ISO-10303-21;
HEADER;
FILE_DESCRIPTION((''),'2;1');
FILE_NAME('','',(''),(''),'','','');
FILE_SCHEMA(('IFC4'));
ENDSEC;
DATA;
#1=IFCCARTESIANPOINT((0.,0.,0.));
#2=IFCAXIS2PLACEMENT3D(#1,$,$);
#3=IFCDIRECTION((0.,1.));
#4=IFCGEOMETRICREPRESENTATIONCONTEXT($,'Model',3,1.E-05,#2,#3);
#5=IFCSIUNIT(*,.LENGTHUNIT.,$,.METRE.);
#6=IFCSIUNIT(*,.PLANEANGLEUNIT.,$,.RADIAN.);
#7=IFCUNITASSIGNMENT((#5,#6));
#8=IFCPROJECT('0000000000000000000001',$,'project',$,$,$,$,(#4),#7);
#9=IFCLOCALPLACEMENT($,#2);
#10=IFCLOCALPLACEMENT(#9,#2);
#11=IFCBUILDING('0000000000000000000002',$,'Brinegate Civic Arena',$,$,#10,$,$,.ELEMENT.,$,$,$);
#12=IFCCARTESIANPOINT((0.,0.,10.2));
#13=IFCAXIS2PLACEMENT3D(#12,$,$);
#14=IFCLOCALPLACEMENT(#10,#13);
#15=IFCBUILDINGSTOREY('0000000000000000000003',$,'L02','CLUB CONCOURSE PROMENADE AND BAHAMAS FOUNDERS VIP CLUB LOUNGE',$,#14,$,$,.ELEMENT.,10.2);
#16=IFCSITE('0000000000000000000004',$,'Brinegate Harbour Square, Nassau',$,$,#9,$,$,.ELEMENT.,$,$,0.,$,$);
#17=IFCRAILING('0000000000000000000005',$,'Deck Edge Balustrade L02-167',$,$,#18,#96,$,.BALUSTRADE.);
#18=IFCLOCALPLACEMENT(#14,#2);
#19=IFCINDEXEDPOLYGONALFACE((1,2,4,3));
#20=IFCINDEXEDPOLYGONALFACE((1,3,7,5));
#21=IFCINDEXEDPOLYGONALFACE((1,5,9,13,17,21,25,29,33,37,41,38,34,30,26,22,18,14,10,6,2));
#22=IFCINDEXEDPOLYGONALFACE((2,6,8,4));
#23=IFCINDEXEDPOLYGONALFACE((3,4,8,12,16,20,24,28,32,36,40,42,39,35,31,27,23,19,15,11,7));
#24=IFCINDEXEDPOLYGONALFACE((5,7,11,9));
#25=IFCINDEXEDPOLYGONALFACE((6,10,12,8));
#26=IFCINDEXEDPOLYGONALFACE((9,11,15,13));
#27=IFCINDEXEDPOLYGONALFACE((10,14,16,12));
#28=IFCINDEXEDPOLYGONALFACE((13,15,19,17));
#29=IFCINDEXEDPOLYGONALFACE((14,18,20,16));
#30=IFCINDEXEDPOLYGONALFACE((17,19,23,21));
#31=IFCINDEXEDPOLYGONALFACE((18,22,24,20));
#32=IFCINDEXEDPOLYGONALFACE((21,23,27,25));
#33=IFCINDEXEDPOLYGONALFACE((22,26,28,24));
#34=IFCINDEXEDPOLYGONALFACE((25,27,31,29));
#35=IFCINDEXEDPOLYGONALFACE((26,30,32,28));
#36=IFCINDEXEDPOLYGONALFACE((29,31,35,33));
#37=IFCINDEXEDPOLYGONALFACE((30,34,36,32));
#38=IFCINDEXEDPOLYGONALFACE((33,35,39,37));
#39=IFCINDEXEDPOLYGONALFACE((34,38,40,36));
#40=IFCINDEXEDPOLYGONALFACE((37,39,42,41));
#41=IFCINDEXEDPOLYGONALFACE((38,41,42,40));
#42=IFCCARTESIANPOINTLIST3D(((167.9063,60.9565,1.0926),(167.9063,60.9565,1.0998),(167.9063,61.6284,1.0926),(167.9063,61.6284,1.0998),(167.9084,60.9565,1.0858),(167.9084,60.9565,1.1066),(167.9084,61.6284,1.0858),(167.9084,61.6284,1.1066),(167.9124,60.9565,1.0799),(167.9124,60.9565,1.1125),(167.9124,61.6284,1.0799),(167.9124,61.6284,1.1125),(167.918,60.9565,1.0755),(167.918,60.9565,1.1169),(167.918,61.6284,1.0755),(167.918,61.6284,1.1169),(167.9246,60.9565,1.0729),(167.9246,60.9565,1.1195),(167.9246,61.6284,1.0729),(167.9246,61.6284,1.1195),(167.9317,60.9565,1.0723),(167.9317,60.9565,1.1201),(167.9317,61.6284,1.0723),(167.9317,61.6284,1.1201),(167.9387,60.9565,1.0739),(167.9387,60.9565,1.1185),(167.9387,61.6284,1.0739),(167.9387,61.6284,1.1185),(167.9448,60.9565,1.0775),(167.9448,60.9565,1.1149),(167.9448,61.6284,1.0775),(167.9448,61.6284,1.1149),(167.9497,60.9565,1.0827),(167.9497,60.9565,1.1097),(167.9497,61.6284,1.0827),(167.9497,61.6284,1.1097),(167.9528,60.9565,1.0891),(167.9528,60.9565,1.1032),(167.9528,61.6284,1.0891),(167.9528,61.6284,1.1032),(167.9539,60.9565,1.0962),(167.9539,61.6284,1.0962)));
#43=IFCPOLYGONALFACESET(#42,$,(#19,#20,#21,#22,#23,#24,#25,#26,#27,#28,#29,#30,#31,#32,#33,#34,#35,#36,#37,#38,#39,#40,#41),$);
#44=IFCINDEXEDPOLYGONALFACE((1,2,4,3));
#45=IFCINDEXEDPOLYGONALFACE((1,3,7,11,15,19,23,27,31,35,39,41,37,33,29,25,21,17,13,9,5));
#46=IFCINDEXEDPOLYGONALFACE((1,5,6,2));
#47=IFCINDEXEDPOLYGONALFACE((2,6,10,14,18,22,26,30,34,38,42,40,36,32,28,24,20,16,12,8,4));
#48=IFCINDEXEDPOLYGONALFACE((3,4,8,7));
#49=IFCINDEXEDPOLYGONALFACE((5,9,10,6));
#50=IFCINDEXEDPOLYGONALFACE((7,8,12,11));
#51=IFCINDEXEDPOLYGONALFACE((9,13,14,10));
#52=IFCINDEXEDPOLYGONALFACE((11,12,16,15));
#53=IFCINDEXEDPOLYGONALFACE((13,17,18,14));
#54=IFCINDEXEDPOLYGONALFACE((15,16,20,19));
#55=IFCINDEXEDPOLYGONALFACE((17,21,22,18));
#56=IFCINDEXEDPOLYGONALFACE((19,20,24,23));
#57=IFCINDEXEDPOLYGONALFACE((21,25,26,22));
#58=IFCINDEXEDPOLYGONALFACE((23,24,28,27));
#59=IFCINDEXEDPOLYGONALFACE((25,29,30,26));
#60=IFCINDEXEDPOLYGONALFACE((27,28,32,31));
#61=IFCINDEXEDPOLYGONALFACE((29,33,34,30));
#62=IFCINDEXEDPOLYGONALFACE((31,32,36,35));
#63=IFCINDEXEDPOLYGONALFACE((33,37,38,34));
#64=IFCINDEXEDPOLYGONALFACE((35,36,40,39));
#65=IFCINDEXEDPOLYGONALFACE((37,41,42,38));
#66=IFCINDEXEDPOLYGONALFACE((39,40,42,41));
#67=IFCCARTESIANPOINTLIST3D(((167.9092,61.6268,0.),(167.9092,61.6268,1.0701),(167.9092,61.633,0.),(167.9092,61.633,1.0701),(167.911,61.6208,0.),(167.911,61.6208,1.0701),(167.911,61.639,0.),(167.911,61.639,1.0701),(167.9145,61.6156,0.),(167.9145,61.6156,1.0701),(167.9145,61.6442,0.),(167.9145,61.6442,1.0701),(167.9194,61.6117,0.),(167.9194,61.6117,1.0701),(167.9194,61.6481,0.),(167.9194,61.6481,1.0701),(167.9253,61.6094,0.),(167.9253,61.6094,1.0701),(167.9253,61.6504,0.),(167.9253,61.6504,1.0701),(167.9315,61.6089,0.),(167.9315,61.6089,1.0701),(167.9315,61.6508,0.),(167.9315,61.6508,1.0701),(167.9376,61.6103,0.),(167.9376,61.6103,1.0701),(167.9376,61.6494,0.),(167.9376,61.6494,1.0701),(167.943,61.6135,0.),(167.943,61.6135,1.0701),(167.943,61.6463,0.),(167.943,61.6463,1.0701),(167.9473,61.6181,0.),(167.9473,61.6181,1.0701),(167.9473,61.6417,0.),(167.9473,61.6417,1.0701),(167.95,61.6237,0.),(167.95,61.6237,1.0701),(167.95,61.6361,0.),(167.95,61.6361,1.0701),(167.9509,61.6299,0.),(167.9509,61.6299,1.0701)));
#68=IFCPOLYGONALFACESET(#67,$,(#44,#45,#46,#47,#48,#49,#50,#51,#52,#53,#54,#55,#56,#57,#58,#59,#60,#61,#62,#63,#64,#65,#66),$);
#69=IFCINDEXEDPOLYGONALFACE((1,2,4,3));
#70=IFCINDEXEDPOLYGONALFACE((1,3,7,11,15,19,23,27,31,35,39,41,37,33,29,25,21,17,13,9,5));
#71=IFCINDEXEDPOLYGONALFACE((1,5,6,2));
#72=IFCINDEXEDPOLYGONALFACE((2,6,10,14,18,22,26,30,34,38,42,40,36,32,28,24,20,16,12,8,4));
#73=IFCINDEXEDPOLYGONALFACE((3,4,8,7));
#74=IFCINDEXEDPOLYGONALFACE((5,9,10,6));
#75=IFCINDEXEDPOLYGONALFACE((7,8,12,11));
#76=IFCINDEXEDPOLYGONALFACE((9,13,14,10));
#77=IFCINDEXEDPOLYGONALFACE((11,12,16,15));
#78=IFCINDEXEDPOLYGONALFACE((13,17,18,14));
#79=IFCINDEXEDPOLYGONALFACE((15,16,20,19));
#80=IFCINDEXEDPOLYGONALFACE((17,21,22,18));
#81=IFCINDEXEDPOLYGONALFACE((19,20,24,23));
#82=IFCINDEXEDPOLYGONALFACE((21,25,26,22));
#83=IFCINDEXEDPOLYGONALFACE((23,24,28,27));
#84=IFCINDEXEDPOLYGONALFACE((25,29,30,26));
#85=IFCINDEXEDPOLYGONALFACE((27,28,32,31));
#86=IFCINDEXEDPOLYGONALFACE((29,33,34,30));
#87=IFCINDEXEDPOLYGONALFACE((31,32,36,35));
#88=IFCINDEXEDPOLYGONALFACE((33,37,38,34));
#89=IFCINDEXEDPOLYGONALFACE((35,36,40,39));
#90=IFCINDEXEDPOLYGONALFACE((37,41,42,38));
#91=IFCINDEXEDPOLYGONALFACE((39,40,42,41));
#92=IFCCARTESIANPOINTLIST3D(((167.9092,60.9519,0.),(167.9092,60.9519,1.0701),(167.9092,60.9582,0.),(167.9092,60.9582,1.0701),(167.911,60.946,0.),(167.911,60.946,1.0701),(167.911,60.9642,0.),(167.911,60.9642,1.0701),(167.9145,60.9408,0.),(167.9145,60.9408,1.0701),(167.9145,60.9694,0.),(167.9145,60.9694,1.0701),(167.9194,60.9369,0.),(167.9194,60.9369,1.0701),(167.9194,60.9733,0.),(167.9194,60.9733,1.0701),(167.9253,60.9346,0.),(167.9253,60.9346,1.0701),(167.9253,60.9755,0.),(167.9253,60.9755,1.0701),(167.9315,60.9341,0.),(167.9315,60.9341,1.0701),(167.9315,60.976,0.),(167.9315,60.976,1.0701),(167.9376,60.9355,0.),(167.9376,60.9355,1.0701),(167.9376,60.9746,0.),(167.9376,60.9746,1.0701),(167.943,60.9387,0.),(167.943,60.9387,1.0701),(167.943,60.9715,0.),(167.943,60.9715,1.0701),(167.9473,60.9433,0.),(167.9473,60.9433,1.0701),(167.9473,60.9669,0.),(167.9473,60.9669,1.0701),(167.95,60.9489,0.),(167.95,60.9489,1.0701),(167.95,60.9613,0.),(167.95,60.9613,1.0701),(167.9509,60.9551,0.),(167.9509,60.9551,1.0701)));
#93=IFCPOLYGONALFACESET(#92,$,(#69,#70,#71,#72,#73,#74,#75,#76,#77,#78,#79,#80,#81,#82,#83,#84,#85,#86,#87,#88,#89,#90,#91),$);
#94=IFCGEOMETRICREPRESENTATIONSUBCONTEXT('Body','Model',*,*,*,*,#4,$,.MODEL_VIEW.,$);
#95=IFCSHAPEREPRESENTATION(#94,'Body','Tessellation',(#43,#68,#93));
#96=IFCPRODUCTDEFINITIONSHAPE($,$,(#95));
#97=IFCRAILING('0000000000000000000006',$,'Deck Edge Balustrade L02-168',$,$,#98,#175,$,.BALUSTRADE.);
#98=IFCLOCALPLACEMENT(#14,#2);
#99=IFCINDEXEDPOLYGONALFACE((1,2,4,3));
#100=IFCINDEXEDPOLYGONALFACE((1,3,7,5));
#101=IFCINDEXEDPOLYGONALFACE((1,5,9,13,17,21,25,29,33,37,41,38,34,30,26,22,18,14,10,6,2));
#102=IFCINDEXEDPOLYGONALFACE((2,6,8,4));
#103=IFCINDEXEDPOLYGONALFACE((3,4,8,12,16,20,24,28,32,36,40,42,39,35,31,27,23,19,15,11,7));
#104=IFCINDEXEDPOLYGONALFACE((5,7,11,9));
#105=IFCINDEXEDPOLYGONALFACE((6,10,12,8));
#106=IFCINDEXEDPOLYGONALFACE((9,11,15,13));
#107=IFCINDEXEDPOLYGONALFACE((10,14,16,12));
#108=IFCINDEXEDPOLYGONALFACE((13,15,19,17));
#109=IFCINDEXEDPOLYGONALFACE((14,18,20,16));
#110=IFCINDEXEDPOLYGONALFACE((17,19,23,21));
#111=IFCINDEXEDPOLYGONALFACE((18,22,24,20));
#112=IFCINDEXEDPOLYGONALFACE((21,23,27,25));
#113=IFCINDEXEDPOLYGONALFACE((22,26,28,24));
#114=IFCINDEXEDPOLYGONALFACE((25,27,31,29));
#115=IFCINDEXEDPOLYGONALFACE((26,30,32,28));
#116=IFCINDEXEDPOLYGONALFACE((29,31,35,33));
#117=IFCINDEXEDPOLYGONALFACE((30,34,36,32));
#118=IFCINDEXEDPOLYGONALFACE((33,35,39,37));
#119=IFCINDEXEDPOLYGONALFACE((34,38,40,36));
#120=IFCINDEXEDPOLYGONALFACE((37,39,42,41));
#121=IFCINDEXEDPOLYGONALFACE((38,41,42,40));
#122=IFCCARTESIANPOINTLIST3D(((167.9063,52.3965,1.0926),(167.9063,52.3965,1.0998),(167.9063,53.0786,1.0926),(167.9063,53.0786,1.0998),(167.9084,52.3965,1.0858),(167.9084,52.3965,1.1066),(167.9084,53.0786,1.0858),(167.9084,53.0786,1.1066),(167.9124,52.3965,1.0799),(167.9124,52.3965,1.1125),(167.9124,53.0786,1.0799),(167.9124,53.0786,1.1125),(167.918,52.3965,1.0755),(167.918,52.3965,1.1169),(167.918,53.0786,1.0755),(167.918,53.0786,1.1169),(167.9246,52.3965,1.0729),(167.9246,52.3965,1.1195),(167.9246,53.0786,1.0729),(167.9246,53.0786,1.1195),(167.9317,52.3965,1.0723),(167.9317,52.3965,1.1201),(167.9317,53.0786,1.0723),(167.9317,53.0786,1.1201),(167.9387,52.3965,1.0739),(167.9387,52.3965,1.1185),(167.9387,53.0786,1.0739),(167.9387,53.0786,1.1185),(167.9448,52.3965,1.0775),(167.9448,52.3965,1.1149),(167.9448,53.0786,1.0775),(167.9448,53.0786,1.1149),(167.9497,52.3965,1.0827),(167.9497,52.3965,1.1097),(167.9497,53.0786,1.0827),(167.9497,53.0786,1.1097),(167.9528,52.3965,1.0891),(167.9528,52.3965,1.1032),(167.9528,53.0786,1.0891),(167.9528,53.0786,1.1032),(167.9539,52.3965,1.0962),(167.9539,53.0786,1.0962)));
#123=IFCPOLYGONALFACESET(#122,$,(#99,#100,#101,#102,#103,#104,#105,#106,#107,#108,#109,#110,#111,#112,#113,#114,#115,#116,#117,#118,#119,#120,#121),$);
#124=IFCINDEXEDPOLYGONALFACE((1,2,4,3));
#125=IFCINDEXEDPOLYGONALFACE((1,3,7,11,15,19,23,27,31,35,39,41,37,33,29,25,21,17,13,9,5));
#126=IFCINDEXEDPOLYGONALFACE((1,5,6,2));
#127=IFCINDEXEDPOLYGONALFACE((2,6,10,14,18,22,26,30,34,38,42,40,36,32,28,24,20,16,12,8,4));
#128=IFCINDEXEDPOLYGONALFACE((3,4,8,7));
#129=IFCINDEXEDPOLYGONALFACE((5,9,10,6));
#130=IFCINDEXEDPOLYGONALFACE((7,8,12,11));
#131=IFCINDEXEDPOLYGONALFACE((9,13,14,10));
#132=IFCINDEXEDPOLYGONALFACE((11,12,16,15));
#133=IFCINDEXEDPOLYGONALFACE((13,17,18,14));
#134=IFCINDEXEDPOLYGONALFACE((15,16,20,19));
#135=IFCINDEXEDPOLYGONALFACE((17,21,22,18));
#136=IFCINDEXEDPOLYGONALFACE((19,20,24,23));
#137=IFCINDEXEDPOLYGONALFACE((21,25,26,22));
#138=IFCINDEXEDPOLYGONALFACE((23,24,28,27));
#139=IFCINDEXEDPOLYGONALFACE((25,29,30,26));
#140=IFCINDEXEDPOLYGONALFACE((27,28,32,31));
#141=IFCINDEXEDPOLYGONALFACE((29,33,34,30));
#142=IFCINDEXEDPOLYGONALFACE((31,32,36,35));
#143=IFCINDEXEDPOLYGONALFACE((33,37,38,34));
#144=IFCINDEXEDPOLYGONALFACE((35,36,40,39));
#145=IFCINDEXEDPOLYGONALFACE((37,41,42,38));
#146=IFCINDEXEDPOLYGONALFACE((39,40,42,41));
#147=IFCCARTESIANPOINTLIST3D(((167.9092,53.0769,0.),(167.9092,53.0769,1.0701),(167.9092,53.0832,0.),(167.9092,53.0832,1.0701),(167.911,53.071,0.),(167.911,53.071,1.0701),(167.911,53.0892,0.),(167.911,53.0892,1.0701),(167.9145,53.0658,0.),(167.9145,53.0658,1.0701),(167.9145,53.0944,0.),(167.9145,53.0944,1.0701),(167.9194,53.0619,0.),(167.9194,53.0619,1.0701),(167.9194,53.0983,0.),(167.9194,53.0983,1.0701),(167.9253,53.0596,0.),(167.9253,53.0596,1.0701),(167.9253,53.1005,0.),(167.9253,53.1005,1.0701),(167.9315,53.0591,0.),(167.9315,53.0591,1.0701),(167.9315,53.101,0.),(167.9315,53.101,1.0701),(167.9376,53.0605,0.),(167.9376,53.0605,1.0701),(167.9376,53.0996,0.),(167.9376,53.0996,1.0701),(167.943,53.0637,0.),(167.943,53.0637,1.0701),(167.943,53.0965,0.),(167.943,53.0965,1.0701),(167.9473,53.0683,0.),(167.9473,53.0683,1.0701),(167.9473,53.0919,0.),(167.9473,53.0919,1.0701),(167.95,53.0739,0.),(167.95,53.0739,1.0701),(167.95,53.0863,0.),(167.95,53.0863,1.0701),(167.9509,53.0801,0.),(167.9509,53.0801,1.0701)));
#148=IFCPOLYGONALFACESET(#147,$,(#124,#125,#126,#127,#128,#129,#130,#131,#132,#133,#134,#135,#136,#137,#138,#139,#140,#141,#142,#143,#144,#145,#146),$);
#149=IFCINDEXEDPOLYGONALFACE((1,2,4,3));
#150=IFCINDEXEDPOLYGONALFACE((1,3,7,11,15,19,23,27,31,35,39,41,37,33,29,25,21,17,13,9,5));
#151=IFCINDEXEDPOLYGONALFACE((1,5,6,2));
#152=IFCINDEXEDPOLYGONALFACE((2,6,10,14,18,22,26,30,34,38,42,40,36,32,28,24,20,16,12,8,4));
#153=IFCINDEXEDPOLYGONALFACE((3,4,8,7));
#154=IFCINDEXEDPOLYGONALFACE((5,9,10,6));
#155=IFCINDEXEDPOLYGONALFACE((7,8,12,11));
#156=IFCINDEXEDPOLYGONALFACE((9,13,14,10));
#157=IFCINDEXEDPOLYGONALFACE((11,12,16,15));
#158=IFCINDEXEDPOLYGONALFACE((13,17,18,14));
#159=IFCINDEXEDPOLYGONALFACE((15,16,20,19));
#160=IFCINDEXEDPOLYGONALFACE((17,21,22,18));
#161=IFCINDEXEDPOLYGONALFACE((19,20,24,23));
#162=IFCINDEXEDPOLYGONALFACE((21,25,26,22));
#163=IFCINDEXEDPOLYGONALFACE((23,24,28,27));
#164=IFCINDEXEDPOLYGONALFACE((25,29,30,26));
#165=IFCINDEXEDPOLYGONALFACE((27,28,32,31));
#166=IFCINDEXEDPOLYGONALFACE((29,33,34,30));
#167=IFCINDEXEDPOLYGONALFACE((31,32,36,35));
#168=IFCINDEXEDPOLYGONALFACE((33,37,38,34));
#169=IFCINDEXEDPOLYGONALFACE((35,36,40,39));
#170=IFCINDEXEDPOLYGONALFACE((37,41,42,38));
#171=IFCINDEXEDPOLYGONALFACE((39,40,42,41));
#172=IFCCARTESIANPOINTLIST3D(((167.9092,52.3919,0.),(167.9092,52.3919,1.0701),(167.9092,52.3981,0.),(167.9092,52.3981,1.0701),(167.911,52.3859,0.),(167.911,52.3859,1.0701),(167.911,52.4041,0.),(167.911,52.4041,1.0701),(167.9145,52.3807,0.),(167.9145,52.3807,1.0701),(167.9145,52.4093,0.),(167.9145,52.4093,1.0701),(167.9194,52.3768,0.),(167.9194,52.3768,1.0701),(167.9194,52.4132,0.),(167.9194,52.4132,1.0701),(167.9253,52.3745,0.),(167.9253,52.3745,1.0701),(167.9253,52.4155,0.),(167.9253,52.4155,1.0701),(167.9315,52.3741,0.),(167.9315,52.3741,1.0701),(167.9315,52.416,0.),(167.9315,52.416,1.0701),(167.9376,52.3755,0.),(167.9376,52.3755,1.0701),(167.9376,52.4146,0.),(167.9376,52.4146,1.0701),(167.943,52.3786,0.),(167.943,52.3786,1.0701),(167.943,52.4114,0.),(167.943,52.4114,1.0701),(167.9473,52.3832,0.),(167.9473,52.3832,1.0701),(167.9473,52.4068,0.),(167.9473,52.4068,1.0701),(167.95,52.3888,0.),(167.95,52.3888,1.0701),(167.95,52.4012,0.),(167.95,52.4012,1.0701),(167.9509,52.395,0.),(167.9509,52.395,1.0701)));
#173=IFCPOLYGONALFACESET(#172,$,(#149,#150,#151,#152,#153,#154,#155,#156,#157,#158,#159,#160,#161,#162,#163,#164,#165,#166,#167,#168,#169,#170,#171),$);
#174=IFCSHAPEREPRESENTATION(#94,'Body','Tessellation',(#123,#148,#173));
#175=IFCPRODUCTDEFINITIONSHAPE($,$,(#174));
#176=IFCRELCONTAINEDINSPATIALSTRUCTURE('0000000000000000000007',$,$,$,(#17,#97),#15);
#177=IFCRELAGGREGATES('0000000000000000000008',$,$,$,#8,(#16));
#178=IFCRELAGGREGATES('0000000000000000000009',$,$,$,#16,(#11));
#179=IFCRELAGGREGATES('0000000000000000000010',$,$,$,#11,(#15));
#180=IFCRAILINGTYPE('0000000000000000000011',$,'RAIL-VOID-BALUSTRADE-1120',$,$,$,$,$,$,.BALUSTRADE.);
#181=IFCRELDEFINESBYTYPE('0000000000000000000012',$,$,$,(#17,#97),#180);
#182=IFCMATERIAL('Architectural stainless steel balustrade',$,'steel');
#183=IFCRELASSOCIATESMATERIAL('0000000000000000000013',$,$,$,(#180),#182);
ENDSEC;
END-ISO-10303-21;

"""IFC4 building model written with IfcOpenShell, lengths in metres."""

from ifc_helpers import new_model, si_unit, direction, frame, origin, origin_2d, place, context, subcontext, project, spatial, circle, extrude, material, type_object, element, save


model = new_model("IFC4")

# Units and contexts
model_context = context("Model", 3, precision=1e-05, world=origin(), true_north=direction((0.0, 1.0)))
body_context = subcontext(model_context, "Body", "Model", "MODEL_VIEW")
ifc_project = project(units=[si_unit("LENGTHUNIT", "METRE"), si_unit("PLANEANGLEUNIT", "RADIAN")], contexts=[model_context])

# Site, building, storey
site_placement = place(None, origin())
site = spatial("IfcSite", under=ifc_project, at=site_placement, Name="Brinegate Harbour Square, Nassau", CompositionType="ELEMENT", RefElevation=0.0)
building_placement = place(site_placement, origin())
building = spatial("IfcBuilding", under=site, at=building_placement, Name="Brinegate Civic Arena", CompositionType="ELEMENT")
storey_placement = place(building_placement, frame((0.0, 0.0, 10.2)))
storey = spatial("IfcBuildingStorey", under=building, at=storey_placement, Name="L02", Description="CLUB CONCOURSE PROMENADE AND BAHAMAS FOUNDERS VIP CLUB LOUNGE", CompositionType="ELEMENT", Elevation=10.2)

# Railings
ifc_material_1 = material(Name="Architectural stainless steel balustrade", Category="steel")
railing_type_1 = type_object("IfcRailingType", Name="RAIL-VOID-BALUSTRADE-1120", PredefinedType="BALUSTRADE", material=ifc_material_1)
railing_1_placement = place(storey_placement, frame((167.9299, 61.6299, 0.0)))
element("IfcRailing", 1, at=railing_1_placement, inside=storey, type_object=railing_type_1, Name="Deck Edge Balustrade L02-167", PredefinedType="BALUSTRADE", context=body_context, shape_type="SweptSolid", body=[
    extrude(circle(Radius=0.0239, at=origin_2d()), frame((0.0, -0.0015, 1.0962), z_axis=(0.0, -1.0, 0.0), x_axis=(1.0, 0.0, 0.0)), (0.0, 0.0, 1.0), 0.6719),
    extrude(circle(Radius=0.021, at=origin_2d()), origin(), (0.0, 0.0, 1.0), 1.0701),
    extrude(circle(Radius=0.021, at=origin_2d()), frame((0.0, -0.6748, 0.0)), (0.0, 0.0, 1.0), 1.0701),
])
for number, where, name in (
    (2, (167.9299, 53.0801, 0.0), "Deck Edge Balustrade L02-168"),
):
    element("IfcRailing", number, at=place(storey_placement, frame(where)), inside=storey, type_object=railing_type_1, Name=name, PredefinedType="BALUSTRADE", context=body_context, shape_type="SweptSolid", body=[
        extrude(circle(Radius=0.0239, at=origin_2d()), frame((0.0, -0.0015, 1.0962), z_axis=(0.0, -1.0, 0.0), x_axis=(1.0, 0.0, 0.0)), (0.0, 0.0, 1.0), 0.6821),
        extrude(circle(Radius=0.021, at=origin_2d()), origin(), (0.0, 0.0, 1.0), 1.0701),
        extrude(circle(Radius=0.021, at=origin_2d()), frame((0.0, -0.6851, 0.0)), (0.0, 0.0, 1.0), 1.0701),
    ])

save(model, "model.ifc")
